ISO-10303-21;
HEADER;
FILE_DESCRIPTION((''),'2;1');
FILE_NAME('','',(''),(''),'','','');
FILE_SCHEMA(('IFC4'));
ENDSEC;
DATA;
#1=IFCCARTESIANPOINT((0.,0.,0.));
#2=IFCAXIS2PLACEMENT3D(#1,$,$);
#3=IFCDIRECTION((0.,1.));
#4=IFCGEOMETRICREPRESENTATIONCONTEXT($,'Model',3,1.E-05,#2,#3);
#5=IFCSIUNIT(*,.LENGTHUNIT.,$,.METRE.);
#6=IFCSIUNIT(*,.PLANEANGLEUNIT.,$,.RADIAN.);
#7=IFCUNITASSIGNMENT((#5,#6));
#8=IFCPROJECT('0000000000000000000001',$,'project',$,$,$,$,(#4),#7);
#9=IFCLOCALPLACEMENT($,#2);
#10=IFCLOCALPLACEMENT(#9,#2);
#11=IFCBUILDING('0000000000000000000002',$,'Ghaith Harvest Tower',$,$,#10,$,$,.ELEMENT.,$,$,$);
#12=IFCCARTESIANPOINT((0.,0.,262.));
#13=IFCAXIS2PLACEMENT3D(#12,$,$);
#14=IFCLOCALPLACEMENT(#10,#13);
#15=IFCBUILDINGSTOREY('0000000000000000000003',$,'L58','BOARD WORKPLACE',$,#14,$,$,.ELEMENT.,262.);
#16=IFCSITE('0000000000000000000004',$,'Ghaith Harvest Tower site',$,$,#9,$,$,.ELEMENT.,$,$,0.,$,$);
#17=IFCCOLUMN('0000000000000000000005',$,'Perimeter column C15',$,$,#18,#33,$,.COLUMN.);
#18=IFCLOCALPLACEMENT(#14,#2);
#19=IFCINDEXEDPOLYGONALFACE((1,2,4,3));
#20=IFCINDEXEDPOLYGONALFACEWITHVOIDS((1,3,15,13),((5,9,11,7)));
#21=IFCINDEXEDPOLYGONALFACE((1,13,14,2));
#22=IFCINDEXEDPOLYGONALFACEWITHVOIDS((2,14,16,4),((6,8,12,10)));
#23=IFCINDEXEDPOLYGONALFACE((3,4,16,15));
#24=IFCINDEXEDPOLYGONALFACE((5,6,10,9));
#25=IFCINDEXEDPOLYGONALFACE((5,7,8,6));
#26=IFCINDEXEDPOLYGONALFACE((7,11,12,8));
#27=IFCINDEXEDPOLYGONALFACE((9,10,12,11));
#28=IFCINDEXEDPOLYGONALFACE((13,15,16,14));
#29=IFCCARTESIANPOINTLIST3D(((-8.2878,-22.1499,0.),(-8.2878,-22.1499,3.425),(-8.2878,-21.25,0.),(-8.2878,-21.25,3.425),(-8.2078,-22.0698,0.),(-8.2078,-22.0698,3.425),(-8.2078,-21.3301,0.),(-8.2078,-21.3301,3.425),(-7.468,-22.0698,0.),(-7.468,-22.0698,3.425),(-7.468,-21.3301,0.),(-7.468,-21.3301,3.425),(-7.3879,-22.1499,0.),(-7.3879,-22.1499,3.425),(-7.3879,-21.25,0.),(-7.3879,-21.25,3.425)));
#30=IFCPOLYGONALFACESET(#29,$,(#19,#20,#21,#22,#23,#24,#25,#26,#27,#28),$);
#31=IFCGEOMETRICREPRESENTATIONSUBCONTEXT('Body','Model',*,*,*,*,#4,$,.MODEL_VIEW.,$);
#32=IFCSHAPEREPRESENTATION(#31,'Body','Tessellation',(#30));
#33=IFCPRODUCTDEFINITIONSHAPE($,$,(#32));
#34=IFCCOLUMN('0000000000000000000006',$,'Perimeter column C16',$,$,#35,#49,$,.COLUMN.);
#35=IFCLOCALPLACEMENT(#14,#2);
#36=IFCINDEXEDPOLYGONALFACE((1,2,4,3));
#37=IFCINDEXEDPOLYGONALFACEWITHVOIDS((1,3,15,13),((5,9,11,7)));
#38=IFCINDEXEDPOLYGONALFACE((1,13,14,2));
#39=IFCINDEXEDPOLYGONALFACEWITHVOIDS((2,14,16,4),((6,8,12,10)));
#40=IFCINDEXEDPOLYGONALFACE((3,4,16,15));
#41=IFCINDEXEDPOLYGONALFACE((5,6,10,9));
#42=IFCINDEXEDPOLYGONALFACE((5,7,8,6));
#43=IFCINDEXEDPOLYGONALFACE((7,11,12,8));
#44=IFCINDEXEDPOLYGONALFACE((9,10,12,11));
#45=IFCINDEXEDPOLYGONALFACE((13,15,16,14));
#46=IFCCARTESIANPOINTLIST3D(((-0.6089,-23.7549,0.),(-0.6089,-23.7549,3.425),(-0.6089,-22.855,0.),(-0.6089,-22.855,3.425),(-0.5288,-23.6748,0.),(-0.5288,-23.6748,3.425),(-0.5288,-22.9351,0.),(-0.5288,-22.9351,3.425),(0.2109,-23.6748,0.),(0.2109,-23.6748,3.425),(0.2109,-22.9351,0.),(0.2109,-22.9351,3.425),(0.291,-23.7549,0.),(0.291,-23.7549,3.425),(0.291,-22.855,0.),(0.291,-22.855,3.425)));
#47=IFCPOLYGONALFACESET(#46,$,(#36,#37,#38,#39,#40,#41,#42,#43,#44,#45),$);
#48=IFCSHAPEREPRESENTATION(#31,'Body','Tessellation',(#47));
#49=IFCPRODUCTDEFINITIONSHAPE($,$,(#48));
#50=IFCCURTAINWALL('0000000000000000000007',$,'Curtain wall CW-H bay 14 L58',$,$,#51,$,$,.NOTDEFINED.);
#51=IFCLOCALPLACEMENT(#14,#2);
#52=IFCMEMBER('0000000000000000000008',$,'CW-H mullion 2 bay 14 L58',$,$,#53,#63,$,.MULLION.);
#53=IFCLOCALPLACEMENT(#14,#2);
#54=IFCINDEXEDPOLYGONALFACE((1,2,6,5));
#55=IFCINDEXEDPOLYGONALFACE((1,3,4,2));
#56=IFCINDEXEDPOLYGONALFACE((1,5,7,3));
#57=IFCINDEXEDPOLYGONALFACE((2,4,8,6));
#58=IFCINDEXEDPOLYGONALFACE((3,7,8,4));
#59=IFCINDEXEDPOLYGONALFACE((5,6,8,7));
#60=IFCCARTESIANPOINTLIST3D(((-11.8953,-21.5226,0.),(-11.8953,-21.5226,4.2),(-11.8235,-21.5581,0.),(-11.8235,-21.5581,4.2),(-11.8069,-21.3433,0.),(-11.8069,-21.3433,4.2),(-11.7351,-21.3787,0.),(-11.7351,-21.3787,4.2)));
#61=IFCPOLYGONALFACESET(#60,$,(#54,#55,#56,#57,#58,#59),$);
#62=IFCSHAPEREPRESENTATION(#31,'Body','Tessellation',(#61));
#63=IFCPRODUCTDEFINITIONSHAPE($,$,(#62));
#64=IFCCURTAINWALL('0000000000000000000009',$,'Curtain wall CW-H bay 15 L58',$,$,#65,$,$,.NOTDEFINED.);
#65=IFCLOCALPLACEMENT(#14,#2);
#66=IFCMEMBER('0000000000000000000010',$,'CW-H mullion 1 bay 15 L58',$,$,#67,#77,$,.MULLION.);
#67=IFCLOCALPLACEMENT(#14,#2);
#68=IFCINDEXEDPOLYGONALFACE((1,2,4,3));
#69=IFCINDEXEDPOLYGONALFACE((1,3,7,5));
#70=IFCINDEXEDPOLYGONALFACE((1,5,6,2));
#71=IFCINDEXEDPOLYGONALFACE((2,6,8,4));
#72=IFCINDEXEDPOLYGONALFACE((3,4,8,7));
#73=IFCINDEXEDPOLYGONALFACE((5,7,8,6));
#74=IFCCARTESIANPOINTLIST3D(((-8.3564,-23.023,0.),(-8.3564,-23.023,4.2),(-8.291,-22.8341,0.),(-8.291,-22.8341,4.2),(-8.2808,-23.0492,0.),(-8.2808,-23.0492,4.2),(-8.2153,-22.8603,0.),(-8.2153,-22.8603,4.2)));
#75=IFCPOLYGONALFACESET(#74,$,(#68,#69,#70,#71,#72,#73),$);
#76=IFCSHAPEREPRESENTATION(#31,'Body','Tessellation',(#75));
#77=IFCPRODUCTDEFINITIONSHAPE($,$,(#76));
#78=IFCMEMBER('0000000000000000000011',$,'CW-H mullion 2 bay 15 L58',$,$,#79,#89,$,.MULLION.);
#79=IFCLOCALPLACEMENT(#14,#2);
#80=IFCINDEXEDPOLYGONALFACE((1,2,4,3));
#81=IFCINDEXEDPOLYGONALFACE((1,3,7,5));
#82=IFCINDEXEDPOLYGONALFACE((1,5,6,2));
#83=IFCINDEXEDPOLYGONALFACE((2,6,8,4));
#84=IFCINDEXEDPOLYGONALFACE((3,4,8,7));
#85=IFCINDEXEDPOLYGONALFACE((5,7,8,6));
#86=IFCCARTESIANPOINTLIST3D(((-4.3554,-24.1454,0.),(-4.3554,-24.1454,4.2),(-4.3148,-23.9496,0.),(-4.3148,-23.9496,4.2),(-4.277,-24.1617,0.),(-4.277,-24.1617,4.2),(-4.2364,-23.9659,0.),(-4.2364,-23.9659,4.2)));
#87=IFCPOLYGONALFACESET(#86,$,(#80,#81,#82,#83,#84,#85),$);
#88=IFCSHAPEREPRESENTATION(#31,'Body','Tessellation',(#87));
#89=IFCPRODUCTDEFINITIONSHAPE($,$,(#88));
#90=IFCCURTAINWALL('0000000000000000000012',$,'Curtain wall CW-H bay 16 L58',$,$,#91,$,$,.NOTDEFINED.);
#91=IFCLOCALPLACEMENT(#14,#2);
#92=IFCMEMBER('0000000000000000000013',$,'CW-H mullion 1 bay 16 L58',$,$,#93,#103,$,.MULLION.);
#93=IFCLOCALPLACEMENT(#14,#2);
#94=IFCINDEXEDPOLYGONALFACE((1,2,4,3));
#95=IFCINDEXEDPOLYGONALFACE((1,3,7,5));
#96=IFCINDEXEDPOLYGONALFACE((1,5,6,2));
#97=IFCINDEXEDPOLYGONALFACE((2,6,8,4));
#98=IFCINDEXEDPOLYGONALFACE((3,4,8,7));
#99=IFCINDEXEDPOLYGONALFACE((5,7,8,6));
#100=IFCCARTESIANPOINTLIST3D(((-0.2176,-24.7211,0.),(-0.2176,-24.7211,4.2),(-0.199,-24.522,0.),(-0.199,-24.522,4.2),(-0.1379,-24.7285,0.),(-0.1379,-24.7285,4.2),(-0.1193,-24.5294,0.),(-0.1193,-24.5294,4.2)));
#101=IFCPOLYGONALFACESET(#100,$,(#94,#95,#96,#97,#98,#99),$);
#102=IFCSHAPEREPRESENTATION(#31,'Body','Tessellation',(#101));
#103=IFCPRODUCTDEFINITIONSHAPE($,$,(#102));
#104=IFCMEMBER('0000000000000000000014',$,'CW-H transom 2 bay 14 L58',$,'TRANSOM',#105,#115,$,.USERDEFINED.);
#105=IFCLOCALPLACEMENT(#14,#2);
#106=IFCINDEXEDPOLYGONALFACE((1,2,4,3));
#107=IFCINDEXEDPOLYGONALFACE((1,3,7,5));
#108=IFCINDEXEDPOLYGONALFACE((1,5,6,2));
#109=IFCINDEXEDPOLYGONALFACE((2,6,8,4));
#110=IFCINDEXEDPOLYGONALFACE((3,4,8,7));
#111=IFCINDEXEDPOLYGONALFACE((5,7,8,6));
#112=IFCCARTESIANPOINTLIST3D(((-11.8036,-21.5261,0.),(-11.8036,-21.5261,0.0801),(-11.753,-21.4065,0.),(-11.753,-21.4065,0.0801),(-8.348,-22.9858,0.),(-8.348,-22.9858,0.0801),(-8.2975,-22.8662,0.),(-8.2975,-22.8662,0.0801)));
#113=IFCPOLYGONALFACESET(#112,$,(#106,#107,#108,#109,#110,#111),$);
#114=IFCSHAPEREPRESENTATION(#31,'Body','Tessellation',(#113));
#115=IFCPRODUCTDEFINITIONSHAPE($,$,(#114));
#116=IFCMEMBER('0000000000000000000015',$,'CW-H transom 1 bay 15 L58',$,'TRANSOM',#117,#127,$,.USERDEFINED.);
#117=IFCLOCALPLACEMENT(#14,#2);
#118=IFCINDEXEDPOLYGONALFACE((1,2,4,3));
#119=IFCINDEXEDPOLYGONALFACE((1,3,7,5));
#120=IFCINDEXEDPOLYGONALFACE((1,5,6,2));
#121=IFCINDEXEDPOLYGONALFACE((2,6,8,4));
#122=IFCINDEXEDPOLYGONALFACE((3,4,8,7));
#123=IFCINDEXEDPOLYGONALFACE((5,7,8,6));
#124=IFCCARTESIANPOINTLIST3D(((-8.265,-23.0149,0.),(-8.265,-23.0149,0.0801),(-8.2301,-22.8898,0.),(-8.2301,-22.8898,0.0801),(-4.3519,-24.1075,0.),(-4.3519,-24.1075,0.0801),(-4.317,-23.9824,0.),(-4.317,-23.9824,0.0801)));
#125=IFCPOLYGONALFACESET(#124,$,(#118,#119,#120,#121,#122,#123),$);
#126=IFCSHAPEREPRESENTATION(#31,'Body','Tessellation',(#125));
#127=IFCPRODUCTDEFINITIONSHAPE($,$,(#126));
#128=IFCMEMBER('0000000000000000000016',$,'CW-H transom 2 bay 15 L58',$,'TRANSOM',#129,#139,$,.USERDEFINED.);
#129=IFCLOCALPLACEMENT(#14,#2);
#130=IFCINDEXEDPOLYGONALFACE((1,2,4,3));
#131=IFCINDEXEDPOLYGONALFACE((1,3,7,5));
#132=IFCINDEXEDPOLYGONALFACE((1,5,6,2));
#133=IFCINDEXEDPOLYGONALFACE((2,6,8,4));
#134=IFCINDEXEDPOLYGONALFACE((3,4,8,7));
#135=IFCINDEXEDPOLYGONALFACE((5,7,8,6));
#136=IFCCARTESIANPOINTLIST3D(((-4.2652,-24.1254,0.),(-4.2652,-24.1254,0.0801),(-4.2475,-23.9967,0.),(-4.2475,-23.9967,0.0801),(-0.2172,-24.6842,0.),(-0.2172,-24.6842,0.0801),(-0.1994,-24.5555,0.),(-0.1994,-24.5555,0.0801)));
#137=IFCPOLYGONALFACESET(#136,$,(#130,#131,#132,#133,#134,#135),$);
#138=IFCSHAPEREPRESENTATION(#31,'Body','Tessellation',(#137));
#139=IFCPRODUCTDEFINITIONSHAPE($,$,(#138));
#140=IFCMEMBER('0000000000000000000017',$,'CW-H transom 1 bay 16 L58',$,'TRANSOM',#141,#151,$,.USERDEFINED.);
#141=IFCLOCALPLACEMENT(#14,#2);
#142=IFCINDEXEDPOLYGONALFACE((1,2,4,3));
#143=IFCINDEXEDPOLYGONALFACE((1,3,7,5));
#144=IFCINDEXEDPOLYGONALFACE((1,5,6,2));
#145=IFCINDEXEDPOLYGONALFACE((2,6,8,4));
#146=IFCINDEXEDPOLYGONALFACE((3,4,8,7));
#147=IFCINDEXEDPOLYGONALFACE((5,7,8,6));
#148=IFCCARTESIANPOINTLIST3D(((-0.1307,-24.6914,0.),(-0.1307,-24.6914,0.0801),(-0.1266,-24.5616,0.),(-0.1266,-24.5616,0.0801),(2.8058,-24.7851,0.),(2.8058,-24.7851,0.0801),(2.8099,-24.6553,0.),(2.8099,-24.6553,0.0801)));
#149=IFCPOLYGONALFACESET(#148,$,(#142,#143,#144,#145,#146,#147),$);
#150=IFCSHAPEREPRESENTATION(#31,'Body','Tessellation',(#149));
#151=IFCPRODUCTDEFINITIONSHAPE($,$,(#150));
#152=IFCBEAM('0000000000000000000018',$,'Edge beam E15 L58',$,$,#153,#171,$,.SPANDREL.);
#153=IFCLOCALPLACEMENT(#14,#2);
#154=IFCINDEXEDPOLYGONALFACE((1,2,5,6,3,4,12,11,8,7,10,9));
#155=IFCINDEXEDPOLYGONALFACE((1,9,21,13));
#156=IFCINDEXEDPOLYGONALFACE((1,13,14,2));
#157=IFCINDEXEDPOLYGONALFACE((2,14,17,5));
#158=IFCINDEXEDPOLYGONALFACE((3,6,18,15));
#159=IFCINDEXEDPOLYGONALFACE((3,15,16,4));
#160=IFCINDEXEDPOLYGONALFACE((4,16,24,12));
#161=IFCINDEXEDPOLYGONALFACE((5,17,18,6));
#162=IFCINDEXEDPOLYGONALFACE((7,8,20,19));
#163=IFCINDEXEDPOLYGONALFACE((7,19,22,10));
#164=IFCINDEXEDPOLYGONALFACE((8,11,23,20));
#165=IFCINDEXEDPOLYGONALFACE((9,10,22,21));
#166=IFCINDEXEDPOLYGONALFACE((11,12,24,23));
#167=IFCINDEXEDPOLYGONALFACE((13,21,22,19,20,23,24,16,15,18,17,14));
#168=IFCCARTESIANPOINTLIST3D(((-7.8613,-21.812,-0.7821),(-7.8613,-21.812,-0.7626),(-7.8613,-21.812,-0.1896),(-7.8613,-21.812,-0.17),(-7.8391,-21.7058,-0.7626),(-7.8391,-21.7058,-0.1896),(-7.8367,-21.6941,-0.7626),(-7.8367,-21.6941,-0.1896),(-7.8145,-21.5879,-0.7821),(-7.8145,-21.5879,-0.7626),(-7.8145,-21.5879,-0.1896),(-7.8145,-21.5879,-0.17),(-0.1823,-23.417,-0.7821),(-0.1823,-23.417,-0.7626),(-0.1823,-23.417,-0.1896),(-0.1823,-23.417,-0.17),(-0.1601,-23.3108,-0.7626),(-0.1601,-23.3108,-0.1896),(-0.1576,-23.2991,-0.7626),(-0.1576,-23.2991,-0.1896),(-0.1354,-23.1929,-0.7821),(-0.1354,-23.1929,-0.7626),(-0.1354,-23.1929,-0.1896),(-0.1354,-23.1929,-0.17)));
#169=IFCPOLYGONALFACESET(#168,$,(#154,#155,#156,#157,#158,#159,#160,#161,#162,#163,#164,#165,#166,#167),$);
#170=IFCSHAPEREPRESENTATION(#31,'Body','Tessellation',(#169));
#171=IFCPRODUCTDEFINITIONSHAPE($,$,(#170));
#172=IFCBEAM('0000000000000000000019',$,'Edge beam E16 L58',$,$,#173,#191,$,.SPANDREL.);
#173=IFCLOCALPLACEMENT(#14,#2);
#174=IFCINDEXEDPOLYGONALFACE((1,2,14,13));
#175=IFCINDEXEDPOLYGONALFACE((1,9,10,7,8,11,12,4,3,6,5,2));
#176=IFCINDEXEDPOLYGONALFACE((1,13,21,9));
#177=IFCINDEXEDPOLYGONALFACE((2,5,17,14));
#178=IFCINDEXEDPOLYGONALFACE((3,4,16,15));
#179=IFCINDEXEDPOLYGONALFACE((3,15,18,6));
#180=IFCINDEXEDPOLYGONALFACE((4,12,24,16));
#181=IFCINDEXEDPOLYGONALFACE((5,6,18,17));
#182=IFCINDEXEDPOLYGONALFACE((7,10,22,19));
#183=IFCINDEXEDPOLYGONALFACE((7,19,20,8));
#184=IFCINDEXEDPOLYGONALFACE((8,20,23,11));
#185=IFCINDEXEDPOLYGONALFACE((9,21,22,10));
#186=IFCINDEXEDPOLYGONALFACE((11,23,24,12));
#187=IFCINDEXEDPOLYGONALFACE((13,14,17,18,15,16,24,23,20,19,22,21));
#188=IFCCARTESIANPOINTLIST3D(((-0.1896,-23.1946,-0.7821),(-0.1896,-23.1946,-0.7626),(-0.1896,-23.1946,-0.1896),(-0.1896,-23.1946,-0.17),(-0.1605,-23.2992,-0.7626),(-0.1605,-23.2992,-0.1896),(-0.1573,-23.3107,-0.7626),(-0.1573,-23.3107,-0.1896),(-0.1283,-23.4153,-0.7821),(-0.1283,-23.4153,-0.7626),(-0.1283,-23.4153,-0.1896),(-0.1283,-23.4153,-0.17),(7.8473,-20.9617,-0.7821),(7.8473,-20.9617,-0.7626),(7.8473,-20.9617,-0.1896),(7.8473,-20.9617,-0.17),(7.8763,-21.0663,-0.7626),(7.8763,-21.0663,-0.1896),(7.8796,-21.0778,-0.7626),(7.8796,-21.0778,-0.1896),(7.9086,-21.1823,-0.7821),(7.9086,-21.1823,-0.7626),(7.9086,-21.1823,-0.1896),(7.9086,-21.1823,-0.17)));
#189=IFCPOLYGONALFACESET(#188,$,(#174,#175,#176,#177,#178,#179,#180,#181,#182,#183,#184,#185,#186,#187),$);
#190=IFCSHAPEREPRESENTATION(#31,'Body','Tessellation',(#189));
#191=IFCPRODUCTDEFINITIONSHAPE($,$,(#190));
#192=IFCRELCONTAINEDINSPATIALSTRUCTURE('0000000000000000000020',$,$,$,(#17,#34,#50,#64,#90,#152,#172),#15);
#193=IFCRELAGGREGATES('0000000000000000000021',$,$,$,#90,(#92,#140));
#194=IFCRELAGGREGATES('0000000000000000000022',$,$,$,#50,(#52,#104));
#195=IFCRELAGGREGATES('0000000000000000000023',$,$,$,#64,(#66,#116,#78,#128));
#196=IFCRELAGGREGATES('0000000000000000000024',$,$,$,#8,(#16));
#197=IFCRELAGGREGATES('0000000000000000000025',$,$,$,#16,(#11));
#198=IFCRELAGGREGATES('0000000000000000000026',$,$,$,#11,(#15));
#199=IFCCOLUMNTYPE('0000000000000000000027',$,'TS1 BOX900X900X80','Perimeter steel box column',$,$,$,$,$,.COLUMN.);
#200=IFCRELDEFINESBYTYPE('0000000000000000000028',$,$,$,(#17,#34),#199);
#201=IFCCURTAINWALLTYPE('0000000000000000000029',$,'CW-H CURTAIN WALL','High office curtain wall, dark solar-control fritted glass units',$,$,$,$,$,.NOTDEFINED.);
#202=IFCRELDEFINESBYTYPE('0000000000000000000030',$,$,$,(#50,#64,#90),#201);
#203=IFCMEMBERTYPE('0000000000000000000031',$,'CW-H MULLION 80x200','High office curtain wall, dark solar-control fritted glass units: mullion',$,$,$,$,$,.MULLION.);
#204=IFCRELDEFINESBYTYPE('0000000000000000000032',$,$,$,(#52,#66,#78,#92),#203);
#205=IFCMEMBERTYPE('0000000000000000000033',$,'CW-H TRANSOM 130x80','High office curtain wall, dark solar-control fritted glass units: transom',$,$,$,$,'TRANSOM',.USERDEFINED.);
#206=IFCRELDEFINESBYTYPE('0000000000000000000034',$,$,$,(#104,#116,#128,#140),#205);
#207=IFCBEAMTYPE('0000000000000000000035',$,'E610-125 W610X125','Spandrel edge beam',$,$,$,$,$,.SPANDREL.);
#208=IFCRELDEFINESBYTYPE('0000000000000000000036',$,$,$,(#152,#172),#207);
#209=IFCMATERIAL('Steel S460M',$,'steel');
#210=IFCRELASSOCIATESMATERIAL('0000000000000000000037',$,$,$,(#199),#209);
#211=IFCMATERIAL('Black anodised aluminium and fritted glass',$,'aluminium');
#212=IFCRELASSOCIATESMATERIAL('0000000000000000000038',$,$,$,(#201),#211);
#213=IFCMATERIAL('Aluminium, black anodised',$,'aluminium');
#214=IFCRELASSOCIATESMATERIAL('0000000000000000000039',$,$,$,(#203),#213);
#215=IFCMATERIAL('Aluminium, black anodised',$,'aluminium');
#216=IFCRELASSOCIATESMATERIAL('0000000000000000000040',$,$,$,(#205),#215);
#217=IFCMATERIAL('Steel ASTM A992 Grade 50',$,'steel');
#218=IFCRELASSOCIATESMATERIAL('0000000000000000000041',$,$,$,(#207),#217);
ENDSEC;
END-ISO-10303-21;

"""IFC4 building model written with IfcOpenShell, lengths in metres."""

from ifc_helpers import new_model, si_unit, direction, frame, origin, origin_2d, place, context, subcontext, project, spatial, rectangle, hollow_rectangle, i_section, extrude, material, material_profile, profile_set, type_object, element, aggregate, save


model = new_model("IFC4")

# Units and contexts
model_context = context("Model", 3, precision=1e-05, world=origin(), true_north=direction((0.0, 1.0)))
body_context = subcontext(model_context, "Body", "Model", "MODEL_VIEW")
ifc_project = project(units=[si_unit("LENGTHUNIT", "METRE"), si_unit("PLANEANGLEUNIT", "RADIAN")], contexts=[model_context])

# Site, building, storey
site_placement = place(None, origin())
site = spatial("IfcSite", under=ifc_project, at=site_placement, Name="Ghaith Harvest Tower site", CompositionType="ELEMENT", RefElevation=0.0)
building_placement = place(site_placement, origin())
building = spatial("IfcBuilding", under=site, at=building_placement, Name="Ghaith Harvest Tower", CompositionType="ELEMENT")
storey_placement = place(building_placement, frame((0.0, 0.0, 262.0)))
storey = spatial("IfcBuildingStorey", under=building, at=storey_placement, Name="L58", Description="BOARD WORKPLACE", CompositionType="ELEMENT", Elevation=262.0)

# Columns
ifc_material_1 = material(Name="Steel S460M", Category="steel")
ifc_material_profile_1 = material_profile(ifc_material_1, hollow_rectangle(XDim=0.8999, YDim=0.8999, WallThickness=0.0801, at=origin_2d()), Name="BOX900X900X80")
ifc_profile_set_1 = profile_set([ifc_material_profile_1], Name="Steel S460M")
column_type = type_object("IfcColumnType", Name="TS1 BOX900X900X80", Description="Perimeter steel box column", PredefinedType="COLUMN", material=ifc_profile_set_1)
for number, where, z_axis, x_axis, name in (
    (1, (-7.8379, -21.7, 0.0), (0.0, 0.0, 1.0), (1.0, 0.0, 0.0), "Perimeter column C15"),
    (2, (-0.1589, -23.3049, 0.0), (0.0, 0.0, 1.0), (1.0, 0.0, 0.0), "Perimeter column C16"),
):
    element("IfcColumn", number, at=place(storey_placement, frame(where, z_axis=z_axis, x_axis=x_axis)), inside=storey, type_object=column_type, Name=name, PredefinedType="COLUMN", context=body_context, shape_type="SweptSolid", body=[
        extrude(hollow_rectangle(XDim=0.8999, YDim=0.8999, WallThickness=0.0801, at=origin_2d()), origin(), (0.0, 0.0, 1.0), 3.425),
    ])

# Curtain wall, member
ifc_material_2 = material(Name="Black anodised aluminium and fritted glass", Category="aluminium")
curtain_wall_type = type_object("IfcCurtainWallType", Name="CW-H CURTAIN WALL", Description="High office curtain wall, dark solar-control fritted glass units", PredefinedType="NOTDEFINED", material=ifc_material_2)
curtain_wall_1_placement = place(storey_placement, origin())
curtain_wall_1 = element("IfcCurtainWall", 3, at=curtain_wall_1_placement, inside=storey, type_object=curtain_wall_type, Name="Curtain wall CW-H bay 14 L58", PredefinedType="NOTDEFINED")
ifc_material_3 = material(Name="Aluminium, black anodised", Category="aluminium")
ifc_material_profile_2 = material_profile(ifc_material_3, rectangle(XDim=0.0801, YDim=0.2, at=origin_2d()), Name="CW-H MULLION 80x200")
ifc_profile_set_2 = profile_set([ifc_material_profile_2], Name="Aluminium, black anodised")
member_type_1 = type_object("IfcMemberType", Name="CW-H MULLION 80x200", Description="High office curtain wall, dark solar-control fritted glass units: mullion", PredefinedType="MULLION", material=ifc_profile_set_2)
member_1_placement = place(storey_placement, frame((-11.8152, -21.4507, 0.0), z_axis=(0.0, 0.0, 1.0), x_axis=(0.896853, -0.442329, 0.0)))
member_1 = element("IfcMember", 4, at=member_1_placement, type_object=member_type_1, Name="CW-H mullion 2 bay 14 L58", PredefinedType="MULLION", context=body_context, shape_type="SweptSolid", body=[
    extrude(rectangle(XDim=0.0801, YDim=0.2, at=origin_2d()), origin(), (0.0, 0.0, 1.0), 4.2),
])

# Curtain wall, members
curtain_wall_2_placement = place(storey_placement, origin())
curtain_wall_2 = element("IfcCurtainWall", 5, at=curtain_wall_2_placement, inside=storey, type_object=curtain_wall_type, Name="Curtain wall CW-H bay 15 L58", PredefinedType="NOTDEFINED")
member_2_placement = place(storey_placement, frame((-8.2859, -22.9417, 0.0), z_axis=(0.0, 0.0, 1.0), x_axis=(0.944906, -0.327342, 0.0)))
member_2 = element("IfcMember", 6, at=member_2_placement, type_object=member_type_1, Name="CW-H mullion 1 bay 15 L58", PredefinedType="MULLION", context=body_context, shape_type="SweptSolid", body=[
    extrude(rectangle(XDim=0.0801, YDim=0.2, at=origin_2d()), origin(), (0.0, 0.0, 1.0), 4.2),
])
member_3_placement = place(storey_placement, frame((-4.2959, -24.0557, 0.0), z_axis=(0.0, 0.0, 1.0), x_axis=(0.979161, -0.203084, 0.0)))
member_3 = element("IfcMember", 7, at=member_3_placement, type_object=member_type_1, Name="CW-H mullion 2 bay 15 L58", PredefinedType="MULLION", context=body_context, shape_type="SweptSolid", body=[
    extrude(rectangle(XDim=0.0801, YDim=0.2, at=origin_2d()), origin(), (0.0, 0.0, 1.0), 4.2),
])

# Curtain wall, member
curtain_wall_3_placement = place(storey_placement, origin())
curtain_wall_3 = element("IfcCurtainWall", 8, at=curtain_wall_3_placement, inside=storey, type_object=curtain_wall_type, Name="Curtain wall CW-H bay 16 L58", PredefinedType="NOTDEFINED")
member_4_placement = place(storey_placement, frame((-0.1685, -24.6252, 0.0), z_axis=(0.0, 0.0, 1.0), x_axis=(0.995685, -0.092802, 0.0)))
member_4 = element("IfcMember", 9, at=member_4_placement, type_object=member_type_1, Name="CW-H mullion 1 bay 16 L58", PredefinedType="MULLION", context=body_context, shape_type="SweptSolid", body=[
    extrude(rectangle(XDim=0.0801, YDim=0.2, at=origin_2d()), origin(), (0.0, 0.0, 1.0), 4.2),
])

# Members
ifc_material_4 = material(Name="Aluminium, black anodised", Category="aluminium")
ifc_material_profile_3 = material_profile(ifc_material_4, rectangle(XDim=0.1299, YDim=0.0801, at=origin_2d()), Name="CW-H TRANSOM 130x80")
ifc_profile_set_3 = profile_set([ifc_material_profile_3], Name="Aluminium, black anodised")
member_type_2 = type_object("IfcMemberType", Name="CW-H TRANSOM 130x80", Description="High office curtain wall, dark solar-control fritted glass units: transom", ElementType="TRANSOM", PredefinedType="USERDEFINED", material=ifc_profile_set_3)
member_5_placement = place(storey_placement, frame((-11.7783, -21.4663, 0.04), z_axis=(0.921183, -0.38913, 0.0), x_axis=(0.38913, 0.921183, 0.0)))
member_5 = element("IfcMember", 10, at=member_5_placement, type_object=member_type_2, Name="CW-H transom 2 bay 14 L58", ObjectType="TRANSOM", PredefinedType="USERDEFINED", context=body_context, shape_type="SweptSolid", body=[
    extrude(rectangle(XDim=0.1299, YDim=0.0801, at=origin_2d()), origin(), (0.0, 0.0, 1.0), 3.7512),
])
member_6_placement = place(storey_placement, frame((-8.2476, -22.9524, 0.04), z_axis=(0.963164, -0.268914, 0.0), x_axis=(0.268914, 0.963164, 0.0)))
member_6 = element("IfcMember", 11, at=member_6_placement, type_object=member_type_2, Name="CW-H transom 1 bay 15 L58", ObjectType="TRANSOM", PredefinedType="USERDEFINED", context=body_context, shape_type="SweptSolid", body=[
    extrude(rectangle(XDim=0.1299, YDim=0.0801, at=origin_2d()), origin(), (0.0, 0.0, 1.0), 4.0627),
])
member_7_placement = place(storey_placement, frame((-4.2563, -24.061, 0.04), z_axis=(0.990605, -0.136753, 0.0), x_axis=(0.136753, 0.990605, 0.0)))
member_7 = element("IfcMember", 12, at=member_7_placement, type_object=member_type_2, Name="CW-H transom 2 bay 15 L58", ObjectType="TRANSOM", PredefinedType="USERDEFINED", context=body_context, shape_type="SweptSolid", body=[
    extrude(rectangle(XDim=0.1299, YDim=0.0801, at=origin_2d()), origin(), (0.0, 0.0, 1.0), 4.0864),
])
member_8_placement = place(storey_placement, frame((-0.1287, -24.6265, 0.04), z_axis=(0.999491, -0.031909, 0.0), x_axis=(0.031909, 0.999491, 0.0)))
member_8 = element("IfcMember", 13, at=member_8_placement, type_object=member_type_2, Name="CW-H transom 1 bay 16 L58", ObjectType="TRANSOM", PredefinedType="USERDEFINED", context=body_context, shape_type="SweptSolid", body=[
    extrude(rectangle(XDim=0.1299, YDim=0.0801, at=origin_2d()), origin(), (0.0, 0.0, 1.0), 2.938),
])
aggregate(curtain_wall_3, [member_4, member_8])

# Beams
ifc_material_5 = material(Name="Steel ASTM A992 Grade 50", Category="steel")
ifc_material_profile_4 = material_profile(ifc_material_5, i_section(OverallWidth=0.229, OverallDepth=0.6121, WebThickness=0.012, FlangeThickness=0.0195, at=origin_2d()), Name="W610X125")
ifc_profile_set_4 = profile_set([ifc_material_profile_4], Name="Steel ASTM A992 Grade 50")
beam_type_1 = type_object("IfcBeamType", Name="E610-125 W610X125", Description="Spandrel edge beam", PredefinedType="SPANDREL", material=ifc_profile_set_4)
beam_1_placement = place(storey_placement, frame((-7.8379, -21.7, -0.4761), z_axis=(0.978848, -0.204589, 0.0), x_axis=(0.204589, 0.978848, 0.0)))
element("IfcBeam", 14, at=beam_1_placement, inside=storey, type_object=beam_type_1, Name="Edge beam E15 L58", PredefinedType="SPANDREL", context=body_context, shape_type="SweptSolid", body=[
    extrude(i_section(OverallWidth=0.229, OverallDepth=0.6121, WebThickness=0.012, FlangeThickness=0.0195, at=origin_2d()), origin(), (0.0, 0.0, 1.0), 7.845),
])
beam_2_placement = place(storey_placement, frame((-0.1589, -23.3049, -0.4761), z_axis=(0.963504, 0.267694, 0.0), x_axis=(-0.267694, 0.963504, 0.0)))
element("IfcBeam", 15, at=beam_2_placement, inside=storey, type_object=beam_type_1, Name="Edge beam E16 L58", PredefinedType="SPANDREL", context=body_context, shape_type="SweptSolid", body=[
    extrude(i_section(OverallWidth=0.229, OverallDepth=0.6121, WebThickness=0.012, FlangeThickness=0.0195, at=origin_2d()), origin(), (0.0, 0.0, 1.0), 8.3413),
])

aggregate(curtain_wall_1, [member_1, member_5])
aggregate(curtain_wall_2, [member_2, member_6, member_3, member_7])

save(model, "model.ifc")
